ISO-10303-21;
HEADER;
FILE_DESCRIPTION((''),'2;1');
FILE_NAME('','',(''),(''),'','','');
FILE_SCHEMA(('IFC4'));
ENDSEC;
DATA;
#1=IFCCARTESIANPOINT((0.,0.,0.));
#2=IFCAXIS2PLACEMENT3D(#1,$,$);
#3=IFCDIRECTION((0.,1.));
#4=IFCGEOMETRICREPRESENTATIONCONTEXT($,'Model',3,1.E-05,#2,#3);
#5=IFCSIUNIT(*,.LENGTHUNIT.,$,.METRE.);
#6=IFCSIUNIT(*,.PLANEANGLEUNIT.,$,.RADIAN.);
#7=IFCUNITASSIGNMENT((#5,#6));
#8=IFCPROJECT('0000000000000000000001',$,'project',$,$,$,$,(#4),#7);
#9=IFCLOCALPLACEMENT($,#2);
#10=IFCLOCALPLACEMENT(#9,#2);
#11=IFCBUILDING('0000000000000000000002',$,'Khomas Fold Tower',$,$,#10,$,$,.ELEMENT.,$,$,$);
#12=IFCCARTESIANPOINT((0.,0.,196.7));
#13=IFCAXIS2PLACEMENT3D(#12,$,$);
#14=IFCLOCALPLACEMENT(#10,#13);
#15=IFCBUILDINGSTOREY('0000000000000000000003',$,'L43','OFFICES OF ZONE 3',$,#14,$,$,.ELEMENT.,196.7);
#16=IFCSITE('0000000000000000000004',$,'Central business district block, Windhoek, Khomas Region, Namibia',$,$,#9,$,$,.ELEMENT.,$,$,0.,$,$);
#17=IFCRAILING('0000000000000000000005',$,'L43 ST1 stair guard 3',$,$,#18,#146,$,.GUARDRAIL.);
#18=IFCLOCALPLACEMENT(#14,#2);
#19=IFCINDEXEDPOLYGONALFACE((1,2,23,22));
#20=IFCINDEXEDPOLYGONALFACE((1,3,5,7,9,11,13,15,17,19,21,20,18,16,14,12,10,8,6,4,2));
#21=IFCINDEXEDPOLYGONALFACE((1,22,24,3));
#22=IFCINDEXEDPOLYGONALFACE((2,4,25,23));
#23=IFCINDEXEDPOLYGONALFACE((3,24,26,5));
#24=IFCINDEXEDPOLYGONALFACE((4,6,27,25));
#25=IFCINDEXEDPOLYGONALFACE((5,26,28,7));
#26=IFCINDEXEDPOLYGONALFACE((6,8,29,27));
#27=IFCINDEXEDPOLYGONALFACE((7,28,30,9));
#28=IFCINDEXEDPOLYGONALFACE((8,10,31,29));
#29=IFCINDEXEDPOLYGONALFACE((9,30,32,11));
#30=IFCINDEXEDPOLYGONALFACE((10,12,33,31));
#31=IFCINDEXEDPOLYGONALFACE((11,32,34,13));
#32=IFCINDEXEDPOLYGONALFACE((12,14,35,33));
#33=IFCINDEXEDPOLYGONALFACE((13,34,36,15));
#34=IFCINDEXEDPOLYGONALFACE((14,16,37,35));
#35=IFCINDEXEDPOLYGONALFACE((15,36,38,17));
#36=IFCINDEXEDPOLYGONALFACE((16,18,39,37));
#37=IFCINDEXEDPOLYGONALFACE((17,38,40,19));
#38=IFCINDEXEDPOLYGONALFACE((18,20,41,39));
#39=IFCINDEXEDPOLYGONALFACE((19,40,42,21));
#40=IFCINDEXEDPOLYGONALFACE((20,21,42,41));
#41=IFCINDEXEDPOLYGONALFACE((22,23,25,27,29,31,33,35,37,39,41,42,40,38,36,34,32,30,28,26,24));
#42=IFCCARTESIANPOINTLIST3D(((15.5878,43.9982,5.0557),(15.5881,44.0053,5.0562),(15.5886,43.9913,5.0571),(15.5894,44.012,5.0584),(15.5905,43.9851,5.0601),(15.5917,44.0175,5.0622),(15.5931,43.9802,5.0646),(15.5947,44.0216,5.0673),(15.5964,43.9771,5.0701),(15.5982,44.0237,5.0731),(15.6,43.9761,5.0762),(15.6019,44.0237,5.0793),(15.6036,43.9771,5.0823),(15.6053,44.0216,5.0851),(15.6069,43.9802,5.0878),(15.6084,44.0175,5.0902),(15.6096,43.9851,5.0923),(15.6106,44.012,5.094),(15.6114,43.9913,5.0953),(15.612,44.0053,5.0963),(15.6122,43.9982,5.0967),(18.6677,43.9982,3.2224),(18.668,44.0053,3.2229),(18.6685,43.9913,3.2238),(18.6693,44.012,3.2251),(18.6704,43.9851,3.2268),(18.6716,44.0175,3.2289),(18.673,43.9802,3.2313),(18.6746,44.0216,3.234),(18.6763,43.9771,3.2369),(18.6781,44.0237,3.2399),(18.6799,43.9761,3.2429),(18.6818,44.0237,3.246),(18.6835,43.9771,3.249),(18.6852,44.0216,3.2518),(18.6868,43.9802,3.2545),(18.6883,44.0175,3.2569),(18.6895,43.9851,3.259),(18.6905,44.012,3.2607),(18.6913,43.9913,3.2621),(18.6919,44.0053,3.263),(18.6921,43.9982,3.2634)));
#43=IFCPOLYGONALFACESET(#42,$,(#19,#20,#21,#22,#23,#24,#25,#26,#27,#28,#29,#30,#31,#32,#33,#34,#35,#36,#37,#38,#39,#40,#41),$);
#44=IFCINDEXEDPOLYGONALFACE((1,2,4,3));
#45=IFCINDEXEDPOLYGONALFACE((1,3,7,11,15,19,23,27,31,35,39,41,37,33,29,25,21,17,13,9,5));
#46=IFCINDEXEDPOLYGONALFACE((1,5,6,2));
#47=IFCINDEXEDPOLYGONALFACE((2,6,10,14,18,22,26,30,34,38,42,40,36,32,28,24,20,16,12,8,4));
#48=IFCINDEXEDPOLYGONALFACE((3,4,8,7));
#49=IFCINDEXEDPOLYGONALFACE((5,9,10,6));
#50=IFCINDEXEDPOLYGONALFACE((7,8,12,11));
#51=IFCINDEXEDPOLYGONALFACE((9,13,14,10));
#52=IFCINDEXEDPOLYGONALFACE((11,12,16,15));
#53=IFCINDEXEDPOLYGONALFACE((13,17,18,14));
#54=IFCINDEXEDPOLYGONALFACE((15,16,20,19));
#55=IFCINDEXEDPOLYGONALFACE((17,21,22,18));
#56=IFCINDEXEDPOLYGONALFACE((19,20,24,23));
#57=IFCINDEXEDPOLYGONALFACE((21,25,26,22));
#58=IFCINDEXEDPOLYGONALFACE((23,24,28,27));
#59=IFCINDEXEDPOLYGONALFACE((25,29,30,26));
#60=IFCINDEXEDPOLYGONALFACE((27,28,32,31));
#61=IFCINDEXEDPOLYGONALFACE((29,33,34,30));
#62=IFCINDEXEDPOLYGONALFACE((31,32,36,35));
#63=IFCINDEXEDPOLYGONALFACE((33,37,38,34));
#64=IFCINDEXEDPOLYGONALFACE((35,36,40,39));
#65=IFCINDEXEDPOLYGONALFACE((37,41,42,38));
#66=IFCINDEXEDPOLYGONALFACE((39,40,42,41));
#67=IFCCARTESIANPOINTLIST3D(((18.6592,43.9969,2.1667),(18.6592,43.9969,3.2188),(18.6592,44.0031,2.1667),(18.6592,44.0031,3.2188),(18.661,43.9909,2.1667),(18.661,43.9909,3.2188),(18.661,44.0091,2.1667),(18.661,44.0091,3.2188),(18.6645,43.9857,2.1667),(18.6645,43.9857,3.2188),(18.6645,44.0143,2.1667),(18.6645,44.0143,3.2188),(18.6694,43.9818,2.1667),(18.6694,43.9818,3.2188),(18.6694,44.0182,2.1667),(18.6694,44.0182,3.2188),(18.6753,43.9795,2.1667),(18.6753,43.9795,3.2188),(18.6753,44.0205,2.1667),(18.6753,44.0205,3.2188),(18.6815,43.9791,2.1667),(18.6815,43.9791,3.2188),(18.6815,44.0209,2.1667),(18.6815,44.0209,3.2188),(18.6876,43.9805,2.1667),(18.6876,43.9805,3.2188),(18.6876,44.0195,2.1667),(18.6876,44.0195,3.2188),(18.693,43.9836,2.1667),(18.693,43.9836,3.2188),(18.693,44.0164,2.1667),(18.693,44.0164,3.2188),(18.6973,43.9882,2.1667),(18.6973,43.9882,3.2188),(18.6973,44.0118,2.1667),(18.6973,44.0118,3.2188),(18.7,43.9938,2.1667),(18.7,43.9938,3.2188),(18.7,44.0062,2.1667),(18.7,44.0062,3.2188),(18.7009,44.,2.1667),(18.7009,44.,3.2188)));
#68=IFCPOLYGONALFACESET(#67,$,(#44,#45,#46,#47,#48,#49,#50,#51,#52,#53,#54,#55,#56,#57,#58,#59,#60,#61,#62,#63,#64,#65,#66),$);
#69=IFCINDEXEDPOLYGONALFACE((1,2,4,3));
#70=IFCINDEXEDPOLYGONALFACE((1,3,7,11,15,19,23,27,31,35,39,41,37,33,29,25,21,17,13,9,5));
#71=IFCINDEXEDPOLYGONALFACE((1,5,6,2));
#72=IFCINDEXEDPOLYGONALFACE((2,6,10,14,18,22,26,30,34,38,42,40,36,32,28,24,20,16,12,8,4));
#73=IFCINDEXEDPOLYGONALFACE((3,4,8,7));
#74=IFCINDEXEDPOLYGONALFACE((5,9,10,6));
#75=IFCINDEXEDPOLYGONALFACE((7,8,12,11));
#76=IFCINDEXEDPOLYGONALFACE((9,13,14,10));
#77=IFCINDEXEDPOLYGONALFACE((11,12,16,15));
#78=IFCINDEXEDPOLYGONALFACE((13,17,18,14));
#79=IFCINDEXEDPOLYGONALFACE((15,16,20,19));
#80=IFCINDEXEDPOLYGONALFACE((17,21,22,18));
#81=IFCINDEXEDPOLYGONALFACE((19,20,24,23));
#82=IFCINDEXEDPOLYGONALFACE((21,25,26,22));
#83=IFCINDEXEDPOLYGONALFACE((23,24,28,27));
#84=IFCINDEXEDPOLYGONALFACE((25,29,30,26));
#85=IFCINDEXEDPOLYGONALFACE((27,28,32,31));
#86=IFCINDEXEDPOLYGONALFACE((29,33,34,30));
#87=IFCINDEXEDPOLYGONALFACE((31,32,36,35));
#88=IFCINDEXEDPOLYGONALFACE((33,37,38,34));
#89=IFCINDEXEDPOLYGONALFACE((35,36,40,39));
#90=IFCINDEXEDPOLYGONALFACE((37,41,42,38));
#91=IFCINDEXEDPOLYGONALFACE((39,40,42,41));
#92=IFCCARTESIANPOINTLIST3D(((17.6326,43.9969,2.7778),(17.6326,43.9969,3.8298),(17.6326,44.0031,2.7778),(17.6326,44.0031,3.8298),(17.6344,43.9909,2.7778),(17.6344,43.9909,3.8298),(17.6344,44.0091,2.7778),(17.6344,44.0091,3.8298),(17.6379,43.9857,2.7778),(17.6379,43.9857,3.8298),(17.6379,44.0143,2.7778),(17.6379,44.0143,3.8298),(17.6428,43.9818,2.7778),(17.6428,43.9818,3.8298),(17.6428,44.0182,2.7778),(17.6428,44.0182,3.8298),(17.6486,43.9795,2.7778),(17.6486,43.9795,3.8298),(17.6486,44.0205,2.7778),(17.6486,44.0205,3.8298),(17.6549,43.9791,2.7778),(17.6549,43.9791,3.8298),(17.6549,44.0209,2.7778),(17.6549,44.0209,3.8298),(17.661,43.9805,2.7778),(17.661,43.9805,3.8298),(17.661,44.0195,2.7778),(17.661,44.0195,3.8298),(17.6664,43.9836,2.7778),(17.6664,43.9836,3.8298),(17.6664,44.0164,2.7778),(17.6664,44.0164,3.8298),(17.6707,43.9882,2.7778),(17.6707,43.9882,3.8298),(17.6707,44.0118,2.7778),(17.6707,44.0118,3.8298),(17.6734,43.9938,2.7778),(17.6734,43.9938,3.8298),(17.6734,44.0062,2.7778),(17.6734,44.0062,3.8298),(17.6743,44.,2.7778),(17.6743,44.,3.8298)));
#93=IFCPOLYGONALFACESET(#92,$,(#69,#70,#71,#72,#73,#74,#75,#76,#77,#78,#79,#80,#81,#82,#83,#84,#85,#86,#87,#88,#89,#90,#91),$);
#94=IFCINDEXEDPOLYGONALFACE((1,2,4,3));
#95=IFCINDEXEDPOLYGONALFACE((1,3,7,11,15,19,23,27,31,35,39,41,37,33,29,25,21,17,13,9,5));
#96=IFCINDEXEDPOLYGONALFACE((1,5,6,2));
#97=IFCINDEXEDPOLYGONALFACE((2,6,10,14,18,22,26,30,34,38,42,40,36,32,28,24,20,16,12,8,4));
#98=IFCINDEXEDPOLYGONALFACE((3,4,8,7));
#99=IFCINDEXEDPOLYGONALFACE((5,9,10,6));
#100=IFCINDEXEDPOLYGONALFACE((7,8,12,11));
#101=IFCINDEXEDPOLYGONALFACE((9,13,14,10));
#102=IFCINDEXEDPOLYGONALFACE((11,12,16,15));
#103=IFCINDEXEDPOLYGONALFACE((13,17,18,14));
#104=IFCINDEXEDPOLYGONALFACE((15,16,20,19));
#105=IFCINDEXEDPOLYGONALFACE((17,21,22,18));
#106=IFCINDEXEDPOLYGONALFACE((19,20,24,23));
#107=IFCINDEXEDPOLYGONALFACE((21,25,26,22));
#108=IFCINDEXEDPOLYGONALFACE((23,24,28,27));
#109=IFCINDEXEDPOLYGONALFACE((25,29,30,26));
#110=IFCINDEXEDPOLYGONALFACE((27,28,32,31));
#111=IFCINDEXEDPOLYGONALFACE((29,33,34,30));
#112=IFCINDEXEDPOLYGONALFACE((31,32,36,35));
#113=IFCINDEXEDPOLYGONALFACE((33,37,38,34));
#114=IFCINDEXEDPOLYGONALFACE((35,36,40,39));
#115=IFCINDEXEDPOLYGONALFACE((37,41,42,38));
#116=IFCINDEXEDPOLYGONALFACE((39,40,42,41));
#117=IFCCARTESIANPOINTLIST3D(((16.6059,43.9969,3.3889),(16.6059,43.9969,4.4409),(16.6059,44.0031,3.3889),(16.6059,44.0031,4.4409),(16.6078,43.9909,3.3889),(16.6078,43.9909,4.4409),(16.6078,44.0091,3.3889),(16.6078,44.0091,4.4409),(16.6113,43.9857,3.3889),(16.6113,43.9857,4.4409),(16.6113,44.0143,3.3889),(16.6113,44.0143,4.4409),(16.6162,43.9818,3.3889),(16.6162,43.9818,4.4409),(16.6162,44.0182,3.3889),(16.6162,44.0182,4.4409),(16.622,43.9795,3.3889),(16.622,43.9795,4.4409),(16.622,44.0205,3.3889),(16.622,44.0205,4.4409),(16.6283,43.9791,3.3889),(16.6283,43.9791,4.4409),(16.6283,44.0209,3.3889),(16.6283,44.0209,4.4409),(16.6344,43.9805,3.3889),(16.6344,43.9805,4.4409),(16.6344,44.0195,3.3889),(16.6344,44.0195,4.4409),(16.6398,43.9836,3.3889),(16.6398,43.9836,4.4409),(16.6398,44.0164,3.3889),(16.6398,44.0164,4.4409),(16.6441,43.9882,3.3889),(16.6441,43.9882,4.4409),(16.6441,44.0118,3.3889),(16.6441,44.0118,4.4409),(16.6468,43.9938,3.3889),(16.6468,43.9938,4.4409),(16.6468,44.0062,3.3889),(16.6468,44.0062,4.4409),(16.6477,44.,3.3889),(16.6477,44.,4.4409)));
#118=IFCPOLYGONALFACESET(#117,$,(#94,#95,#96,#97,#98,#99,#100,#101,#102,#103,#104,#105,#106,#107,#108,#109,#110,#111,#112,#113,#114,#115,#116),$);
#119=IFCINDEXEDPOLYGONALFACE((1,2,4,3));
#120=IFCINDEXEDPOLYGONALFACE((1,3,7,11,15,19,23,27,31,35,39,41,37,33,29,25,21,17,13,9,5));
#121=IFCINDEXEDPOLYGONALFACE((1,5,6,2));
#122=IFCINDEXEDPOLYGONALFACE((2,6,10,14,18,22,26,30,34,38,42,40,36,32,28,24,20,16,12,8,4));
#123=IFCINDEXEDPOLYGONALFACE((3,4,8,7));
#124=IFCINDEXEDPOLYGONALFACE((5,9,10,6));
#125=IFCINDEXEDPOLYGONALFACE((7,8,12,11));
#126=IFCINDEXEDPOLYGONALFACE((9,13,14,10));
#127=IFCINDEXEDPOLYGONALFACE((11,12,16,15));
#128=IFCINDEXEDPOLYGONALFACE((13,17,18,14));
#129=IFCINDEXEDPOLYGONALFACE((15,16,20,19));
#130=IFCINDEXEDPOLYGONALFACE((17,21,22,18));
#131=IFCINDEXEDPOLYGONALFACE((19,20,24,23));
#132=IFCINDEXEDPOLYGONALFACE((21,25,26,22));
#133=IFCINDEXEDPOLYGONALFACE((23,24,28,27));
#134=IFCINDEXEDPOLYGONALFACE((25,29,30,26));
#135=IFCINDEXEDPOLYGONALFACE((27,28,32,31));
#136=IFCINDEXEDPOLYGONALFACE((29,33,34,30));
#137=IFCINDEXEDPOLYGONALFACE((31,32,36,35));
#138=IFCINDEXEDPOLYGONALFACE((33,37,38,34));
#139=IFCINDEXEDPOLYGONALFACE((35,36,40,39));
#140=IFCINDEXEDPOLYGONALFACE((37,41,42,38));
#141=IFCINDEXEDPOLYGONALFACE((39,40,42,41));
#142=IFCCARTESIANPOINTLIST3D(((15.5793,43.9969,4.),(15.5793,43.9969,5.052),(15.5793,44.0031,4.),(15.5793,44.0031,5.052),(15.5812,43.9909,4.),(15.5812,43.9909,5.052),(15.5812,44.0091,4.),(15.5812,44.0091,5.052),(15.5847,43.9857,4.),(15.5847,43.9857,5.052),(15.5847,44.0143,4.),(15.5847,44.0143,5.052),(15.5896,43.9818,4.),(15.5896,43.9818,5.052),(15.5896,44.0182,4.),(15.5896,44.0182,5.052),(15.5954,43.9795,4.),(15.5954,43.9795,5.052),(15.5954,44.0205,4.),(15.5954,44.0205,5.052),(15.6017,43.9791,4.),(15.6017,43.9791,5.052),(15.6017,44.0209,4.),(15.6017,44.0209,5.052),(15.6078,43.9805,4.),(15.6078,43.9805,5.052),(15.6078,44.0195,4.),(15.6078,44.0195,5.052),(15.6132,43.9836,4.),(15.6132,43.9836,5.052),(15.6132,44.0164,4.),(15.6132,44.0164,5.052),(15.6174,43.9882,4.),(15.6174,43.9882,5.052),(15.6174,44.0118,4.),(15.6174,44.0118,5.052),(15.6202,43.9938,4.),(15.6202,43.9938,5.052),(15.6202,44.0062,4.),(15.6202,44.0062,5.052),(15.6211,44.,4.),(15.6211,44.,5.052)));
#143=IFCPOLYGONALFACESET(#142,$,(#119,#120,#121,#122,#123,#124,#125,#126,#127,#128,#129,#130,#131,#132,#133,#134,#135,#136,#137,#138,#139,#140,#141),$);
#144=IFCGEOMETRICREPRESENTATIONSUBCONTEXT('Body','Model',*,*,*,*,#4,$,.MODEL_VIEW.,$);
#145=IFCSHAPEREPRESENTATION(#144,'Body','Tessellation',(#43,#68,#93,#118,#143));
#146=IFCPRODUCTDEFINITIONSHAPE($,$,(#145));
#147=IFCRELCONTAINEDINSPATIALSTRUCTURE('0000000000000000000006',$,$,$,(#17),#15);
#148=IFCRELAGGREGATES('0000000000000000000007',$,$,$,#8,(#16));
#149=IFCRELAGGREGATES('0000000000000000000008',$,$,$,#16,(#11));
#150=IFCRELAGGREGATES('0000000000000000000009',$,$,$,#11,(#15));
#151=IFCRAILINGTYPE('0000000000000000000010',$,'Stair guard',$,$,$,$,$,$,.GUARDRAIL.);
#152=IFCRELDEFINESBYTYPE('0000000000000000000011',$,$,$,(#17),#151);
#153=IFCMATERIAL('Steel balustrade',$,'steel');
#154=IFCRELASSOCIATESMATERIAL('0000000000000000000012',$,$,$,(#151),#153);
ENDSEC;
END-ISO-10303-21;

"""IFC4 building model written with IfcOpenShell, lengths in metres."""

from ifc_helpers import new_model, si_unit, direction, frame, origin, origin_2d, place, context, subcontext, project, spatial, circle, extrude, source, transform, mapped, material, type_object, element, save


model = new_model("IFC4")

# Units and contexts
model_context = context("Model", 3, precision=1e-05, world=origin(), true_north=direction((0.0, 1.0)))
body_context = subcontext(model_context, "Body", "Model", "MODEL_VIEW")
ifc_project = project(units=[si_unit("LENGTHUNIT", "METRE"), si_unit("PLANEANGLEUNIT", "RADIAN")], contexts=[model_context])

# Site, building, storey
site_placement = place(None, origin())
site = spatial("IfcSite", under=ifc_project, at=site_placement, Name="Central business district block, Windhoek, Khomas Region, Namibia", CompositionType="ELEMENT", RefElevation=0.0)
building_placement = place(site_placement, origin())
building = spatial("IfcBuilding", under=site, at=building_placement, Name="Khomas Fold Tower", CompositionType="ELEMENT")
storey_placement = place(building_placement, frame((0.0, 0.0, 196.7)))
storey = spatial("IfcBuildingStorey", under=building, at=storey_placement, Name="L43", Description="OFFICES OF ZONE 3", CompositionType="ELEMENT", Elevation=196.7)

# Railing
ifc_material_1 = material(Name="Steel balustrade", Category="steel")
railing_type_1 = type_object("IfcRailingType", Name="Stair guard", PredefinedType="GUARDRAIL", material=ifc_material_1)
shared_shape_1 = source(origin(), body_context, "Body", "SweptSolid", [
    extrude(circle(Radius=0.0239, at=origin_2d()), frame((0.0, 0.0, 1.0762), z_axis=(-0.859291, 0.0, 0.511487), x_axis=(0.0, -1.0, 0.0)), (0.0, 0.0, 1.0), 3.5842),
    extrude(circle(Radius=0.021, at=origin_2d()), origin(), (0.0, 0.0, 1.0), 1.052),
    extrude(circle(Radius=0.021, at=origin_2d()), frame((-1.0266, 0.0, 0.6111)), (0.0, 0.0, 1.0), 1.052),
    extrude(circle(Radius=0.021, at=origin_2d()), frame((-2.0532, 0.0, 1.2222)), (0.0, 0.0, 1.0), 1.052),
    extrude(circle(Radius=0.021, at=origin_2d()), frame((-3.0798, 0.0, 1.8333)), (0.0, 0.0, 1.0), 1.052),
])
railing_1_placement = place(storey_placement, frame((18.6799, 44.0, 2.1667)))
element("IfcRailing", 1, at=railing_1_placement, inside=storey, type_object=railing_type_1, Name="L43 ST1 stair guard 3", PredefinedType="GUARDRAIL", context=body_context, shape_type="MappedRepresentation", body=[
    mapped(shared_shape_1, transform((0.0, 0.0, 0.0))),
])

save(model, "model.ifc")
